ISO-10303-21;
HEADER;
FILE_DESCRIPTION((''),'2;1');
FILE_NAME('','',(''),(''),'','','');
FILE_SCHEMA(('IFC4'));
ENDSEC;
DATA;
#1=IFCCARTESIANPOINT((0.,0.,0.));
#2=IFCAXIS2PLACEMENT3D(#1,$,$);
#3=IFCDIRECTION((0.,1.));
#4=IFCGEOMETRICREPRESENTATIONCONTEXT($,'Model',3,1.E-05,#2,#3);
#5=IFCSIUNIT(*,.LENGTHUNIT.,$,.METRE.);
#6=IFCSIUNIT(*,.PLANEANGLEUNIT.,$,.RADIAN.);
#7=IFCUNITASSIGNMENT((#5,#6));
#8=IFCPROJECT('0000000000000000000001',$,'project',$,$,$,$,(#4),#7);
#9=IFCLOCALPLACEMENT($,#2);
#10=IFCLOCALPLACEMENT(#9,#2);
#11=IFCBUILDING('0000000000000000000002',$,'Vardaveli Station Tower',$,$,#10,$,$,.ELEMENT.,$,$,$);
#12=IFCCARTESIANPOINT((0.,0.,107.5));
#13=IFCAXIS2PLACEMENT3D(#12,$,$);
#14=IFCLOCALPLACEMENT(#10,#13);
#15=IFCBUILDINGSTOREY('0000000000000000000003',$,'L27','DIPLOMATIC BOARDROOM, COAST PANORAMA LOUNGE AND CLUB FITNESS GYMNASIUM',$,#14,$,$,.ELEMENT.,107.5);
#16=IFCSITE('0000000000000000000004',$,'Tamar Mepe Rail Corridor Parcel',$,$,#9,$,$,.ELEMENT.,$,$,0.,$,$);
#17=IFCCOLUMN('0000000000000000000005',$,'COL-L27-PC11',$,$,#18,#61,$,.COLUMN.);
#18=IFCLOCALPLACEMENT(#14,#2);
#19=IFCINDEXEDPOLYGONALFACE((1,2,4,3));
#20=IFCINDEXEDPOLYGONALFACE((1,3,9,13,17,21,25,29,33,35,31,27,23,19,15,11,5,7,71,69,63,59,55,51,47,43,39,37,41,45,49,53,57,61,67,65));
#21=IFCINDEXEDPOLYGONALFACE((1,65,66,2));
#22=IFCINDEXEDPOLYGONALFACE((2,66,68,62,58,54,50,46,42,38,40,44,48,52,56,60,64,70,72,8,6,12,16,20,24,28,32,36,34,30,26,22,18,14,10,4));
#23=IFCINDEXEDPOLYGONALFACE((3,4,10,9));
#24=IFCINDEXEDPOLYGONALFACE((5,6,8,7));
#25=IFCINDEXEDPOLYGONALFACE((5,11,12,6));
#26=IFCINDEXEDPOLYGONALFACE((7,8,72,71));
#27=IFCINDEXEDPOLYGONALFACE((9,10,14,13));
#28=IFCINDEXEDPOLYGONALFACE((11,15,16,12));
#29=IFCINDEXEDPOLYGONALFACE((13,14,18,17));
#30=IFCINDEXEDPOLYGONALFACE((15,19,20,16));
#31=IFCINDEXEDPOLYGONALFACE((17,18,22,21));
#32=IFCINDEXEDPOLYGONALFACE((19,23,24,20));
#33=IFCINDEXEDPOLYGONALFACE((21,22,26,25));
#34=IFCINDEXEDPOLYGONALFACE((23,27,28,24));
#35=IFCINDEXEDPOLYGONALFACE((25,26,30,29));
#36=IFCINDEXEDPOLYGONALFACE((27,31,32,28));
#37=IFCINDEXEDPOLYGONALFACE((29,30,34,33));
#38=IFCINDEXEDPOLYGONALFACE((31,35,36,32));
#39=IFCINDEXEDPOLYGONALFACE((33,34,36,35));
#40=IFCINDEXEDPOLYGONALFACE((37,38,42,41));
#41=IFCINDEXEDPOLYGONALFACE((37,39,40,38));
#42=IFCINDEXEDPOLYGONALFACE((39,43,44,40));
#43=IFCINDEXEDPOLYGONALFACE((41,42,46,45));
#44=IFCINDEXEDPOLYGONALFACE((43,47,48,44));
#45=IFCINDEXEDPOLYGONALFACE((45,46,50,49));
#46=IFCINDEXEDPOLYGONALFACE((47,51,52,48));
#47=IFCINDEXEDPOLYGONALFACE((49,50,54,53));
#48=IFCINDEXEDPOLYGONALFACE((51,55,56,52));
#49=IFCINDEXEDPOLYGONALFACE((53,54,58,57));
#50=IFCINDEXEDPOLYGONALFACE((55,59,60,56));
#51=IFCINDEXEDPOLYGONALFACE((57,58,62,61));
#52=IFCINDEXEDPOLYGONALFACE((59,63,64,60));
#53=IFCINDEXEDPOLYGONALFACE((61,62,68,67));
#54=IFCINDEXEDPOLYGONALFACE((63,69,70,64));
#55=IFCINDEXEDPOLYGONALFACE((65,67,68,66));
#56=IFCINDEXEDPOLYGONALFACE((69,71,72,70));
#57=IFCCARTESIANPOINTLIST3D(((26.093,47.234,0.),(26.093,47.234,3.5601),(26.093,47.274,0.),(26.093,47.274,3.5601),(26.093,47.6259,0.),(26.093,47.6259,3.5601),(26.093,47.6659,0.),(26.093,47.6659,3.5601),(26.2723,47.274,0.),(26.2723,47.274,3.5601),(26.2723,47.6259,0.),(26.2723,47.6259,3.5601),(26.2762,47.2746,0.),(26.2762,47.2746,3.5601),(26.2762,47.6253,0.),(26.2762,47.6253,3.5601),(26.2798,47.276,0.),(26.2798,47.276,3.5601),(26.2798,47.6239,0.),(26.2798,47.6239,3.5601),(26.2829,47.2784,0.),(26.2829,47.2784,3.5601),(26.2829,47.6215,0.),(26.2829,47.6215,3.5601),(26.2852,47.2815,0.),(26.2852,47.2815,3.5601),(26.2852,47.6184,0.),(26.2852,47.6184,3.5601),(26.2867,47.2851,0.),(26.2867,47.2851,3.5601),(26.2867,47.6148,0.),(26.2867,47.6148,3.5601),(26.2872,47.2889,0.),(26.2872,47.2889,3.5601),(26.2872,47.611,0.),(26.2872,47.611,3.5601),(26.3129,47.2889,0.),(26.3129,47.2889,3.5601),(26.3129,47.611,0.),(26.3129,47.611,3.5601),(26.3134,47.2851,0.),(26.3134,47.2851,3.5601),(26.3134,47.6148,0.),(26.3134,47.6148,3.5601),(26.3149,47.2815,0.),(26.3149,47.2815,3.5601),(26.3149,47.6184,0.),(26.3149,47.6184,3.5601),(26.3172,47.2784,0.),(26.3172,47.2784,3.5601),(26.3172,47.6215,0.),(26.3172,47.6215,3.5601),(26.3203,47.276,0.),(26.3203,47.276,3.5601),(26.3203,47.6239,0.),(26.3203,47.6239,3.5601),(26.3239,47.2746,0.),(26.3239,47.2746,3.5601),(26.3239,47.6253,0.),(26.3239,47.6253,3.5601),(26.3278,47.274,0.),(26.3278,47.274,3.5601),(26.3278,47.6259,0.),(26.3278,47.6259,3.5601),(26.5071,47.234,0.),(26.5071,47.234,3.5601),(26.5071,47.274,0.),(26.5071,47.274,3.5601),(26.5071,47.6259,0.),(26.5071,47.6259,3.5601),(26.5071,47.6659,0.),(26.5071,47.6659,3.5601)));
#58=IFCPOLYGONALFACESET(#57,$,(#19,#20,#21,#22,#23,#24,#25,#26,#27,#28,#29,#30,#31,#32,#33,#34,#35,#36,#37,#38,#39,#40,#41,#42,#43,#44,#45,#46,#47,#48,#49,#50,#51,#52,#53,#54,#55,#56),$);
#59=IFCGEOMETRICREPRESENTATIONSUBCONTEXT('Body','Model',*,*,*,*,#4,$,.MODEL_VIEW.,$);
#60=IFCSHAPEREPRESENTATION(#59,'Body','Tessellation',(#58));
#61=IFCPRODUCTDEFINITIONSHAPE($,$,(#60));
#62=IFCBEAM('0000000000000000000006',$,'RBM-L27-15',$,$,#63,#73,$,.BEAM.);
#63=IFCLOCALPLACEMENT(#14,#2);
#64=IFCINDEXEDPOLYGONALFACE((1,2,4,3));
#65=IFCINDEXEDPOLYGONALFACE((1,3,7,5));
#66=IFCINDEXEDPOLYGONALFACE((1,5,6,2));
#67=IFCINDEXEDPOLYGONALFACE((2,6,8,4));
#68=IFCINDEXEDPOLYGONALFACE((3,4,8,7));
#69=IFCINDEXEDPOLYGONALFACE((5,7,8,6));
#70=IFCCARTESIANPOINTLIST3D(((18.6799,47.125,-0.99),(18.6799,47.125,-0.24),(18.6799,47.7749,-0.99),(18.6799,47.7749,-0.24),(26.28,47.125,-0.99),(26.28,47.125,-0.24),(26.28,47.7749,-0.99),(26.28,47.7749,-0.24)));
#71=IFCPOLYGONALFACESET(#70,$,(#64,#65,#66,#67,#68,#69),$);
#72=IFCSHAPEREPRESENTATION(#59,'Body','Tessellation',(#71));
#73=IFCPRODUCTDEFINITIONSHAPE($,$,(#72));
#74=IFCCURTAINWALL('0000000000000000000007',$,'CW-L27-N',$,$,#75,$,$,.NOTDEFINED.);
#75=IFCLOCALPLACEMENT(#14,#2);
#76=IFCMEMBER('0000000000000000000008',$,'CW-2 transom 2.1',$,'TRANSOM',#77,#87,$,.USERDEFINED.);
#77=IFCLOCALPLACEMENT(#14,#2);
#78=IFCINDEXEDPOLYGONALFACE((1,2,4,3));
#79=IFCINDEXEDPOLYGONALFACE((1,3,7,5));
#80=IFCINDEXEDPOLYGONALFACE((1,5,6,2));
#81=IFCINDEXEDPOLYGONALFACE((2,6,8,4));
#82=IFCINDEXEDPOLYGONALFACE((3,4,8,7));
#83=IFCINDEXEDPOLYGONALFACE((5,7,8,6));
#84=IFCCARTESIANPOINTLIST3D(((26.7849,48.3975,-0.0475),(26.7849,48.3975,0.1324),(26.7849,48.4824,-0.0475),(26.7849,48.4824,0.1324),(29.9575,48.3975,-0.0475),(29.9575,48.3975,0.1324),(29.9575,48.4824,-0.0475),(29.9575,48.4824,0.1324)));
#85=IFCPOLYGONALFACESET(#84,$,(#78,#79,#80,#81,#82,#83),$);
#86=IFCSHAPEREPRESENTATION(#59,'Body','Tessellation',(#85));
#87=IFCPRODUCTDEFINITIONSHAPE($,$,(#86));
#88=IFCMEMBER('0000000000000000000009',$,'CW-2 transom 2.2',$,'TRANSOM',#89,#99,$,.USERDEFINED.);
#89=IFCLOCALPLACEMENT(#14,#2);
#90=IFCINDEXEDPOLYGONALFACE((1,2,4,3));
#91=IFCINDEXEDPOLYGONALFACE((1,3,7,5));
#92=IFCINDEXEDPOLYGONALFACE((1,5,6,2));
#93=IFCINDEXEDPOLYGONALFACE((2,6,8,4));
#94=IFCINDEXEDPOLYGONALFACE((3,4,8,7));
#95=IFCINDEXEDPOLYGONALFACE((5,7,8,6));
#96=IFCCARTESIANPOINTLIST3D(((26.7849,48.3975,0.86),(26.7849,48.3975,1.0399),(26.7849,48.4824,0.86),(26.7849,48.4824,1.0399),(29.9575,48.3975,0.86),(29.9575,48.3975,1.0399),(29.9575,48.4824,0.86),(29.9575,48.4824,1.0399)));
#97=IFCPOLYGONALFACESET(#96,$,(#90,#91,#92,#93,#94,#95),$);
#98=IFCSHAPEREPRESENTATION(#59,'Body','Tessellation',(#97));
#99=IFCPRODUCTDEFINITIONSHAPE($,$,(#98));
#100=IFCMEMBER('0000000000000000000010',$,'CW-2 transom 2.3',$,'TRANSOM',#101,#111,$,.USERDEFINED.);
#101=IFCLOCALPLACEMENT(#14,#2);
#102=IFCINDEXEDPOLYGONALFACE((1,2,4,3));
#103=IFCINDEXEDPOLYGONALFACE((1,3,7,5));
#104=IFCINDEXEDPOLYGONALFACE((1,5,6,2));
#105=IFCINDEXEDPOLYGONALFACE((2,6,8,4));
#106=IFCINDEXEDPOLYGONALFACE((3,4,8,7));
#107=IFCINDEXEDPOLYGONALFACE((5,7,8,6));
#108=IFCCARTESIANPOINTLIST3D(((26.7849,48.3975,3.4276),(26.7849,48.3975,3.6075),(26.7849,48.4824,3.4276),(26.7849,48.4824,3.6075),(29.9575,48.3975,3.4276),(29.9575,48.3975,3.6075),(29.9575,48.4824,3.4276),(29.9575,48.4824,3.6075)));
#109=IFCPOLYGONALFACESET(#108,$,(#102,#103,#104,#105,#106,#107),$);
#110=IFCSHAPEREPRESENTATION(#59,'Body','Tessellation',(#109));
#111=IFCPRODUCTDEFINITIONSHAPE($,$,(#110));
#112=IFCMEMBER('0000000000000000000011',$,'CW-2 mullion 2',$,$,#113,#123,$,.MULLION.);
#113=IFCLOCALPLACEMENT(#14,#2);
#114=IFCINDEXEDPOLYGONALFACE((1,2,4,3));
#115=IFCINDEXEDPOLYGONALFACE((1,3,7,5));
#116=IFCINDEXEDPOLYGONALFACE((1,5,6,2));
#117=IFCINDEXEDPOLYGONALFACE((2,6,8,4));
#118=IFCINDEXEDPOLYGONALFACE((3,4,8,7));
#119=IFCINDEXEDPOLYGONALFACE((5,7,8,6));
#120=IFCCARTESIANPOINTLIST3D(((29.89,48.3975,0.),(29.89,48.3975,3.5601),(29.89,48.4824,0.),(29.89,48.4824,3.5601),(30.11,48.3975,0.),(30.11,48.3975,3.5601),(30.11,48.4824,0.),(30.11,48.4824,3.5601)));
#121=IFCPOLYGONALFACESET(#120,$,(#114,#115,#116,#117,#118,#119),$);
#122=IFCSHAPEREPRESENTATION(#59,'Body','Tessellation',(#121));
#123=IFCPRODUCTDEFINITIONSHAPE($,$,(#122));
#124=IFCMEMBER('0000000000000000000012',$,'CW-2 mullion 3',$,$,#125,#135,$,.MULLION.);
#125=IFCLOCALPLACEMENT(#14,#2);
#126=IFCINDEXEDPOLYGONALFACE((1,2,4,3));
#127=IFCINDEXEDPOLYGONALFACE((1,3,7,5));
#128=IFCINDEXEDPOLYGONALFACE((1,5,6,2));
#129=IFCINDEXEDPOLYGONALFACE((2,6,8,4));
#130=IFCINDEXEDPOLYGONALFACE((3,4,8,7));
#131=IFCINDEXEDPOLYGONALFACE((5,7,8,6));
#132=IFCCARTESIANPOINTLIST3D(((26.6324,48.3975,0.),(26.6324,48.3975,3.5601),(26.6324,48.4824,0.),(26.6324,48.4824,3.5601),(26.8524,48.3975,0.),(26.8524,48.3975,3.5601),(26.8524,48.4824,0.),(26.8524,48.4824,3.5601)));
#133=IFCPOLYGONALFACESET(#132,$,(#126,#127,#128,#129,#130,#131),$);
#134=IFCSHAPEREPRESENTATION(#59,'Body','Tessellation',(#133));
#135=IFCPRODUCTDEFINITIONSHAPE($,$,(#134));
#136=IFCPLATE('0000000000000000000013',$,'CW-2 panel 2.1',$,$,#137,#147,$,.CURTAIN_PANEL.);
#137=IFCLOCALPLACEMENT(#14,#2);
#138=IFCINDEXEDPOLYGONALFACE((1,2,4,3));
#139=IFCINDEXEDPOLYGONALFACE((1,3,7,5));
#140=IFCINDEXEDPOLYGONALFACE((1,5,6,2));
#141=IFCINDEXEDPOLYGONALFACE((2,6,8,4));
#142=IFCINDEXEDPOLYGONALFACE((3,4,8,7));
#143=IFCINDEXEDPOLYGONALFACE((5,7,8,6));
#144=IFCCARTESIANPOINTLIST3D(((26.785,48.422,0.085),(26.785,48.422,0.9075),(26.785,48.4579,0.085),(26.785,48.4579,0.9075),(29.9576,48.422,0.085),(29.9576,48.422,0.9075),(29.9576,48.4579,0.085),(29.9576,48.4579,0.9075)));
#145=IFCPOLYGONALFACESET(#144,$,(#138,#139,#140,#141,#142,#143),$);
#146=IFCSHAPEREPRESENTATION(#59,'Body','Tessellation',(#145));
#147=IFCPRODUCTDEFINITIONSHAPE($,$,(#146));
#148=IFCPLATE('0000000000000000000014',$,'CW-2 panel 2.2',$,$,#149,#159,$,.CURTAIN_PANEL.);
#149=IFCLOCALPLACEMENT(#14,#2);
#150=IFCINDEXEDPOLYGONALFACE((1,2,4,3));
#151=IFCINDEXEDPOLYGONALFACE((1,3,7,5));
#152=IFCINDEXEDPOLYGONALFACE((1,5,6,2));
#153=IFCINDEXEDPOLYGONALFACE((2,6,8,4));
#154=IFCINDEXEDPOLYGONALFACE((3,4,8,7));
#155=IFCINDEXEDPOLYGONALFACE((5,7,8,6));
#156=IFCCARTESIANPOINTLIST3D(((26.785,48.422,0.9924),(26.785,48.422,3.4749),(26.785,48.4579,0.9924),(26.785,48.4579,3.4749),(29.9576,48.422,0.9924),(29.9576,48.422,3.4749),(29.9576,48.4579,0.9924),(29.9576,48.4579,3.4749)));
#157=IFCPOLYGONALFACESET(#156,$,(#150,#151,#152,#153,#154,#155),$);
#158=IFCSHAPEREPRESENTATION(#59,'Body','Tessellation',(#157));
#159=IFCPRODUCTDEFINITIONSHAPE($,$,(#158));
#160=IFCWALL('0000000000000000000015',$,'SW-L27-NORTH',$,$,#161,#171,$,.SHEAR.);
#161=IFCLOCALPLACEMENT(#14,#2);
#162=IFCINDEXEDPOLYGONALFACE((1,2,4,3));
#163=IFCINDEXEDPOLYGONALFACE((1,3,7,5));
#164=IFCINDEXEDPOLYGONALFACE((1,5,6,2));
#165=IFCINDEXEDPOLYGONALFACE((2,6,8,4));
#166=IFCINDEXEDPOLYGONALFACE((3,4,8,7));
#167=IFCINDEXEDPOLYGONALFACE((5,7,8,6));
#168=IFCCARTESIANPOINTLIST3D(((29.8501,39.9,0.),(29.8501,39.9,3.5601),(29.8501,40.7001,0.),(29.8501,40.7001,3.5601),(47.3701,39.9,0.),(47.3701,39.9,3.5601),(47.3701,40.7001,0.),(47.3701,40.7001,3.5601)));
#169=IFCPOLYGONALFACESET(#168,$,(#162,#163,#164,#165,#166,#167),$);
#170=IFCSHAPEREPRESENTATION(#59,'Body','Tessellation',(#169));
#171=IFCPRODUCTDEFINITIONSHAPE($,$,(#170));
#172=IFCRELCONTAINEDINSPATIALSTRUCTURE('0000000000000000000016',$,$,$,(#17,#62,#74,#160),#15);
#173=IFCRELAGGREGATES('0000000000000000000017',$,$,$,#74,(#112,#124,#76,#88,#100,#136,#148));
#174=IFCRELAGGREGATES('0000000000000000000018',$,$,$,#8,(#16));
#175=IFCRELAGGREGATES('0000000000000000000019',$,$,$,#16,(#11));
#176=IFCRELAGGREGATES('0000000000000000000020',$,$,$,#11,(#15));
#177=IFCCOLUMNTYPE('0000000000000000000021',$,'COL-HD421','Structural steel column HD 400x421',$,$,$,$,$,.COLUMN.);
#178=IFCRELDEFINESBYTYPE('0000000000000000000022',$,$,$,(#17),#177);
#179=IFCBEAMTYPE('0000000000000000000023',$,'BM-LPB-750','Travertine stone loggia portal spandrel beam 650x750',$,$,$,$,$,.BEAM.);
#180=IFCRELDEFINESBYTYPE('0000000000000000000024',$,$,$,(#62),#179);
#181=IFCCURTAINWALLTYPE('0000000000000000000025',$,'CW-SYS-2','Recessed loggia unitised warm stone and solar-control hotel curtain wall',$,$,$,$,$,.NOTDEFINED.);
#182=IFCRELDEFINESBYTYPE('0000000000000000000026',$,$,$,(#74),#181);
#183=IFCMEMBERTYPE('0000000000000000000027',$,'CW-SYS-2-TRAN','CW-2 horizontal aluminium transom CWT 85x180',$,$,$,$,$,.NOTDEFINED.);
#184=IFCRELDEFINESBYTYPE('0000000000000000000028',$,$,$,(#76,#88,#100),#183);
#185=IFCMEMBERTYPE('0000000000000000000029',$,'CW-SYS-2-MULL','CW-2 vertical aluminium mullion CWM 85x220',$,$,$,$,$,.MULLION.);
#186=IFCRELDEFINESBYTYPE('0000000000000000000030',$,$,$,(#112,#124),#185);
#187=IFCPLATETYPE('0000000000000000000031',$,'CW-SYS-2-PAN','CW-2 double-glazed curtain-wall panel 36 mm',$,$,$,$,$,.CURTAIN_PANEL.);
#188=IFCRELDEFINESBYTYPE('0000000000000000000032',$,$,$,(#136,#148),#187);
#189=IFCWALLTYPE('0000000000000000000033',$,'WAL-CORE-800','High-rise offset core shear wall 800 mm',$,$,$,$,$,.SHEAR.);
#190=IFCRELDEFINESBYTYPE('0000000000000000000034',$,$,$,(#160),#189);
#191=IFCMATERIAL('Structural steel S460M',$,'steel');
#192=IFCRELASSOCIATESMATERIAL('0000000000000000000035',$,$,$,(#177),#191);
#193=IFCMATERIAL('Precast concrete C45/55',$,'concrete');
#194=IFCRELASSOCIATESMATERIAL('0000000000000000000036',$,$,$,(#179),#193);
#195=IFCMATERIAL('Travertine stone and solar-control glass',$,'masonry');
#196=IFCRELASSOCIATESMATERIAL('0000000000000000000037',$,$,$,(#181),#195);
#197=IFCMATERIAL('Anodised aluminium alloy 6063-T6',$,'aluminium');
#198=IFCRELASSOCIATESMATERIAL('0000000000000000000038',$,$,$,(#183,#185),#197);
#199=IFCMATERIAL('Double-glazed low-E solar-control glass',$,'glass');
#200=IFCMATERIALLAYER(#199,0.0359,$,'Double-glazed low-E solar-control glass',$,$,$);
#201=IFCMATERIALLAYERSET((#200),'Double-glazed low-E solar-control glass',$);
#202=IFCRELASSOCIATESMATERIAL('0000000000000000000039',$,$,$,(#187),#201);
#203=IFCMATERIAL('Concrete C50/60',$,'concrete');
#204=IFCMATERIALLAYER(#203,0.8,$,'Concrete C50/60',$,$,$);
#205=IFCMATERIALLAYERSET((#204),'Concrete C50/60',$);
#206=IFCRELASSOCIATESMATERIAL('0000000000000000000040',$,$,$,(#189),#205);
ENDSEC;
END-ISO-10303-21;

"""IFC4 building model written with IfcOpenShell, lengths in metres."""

from ifc_helpers import new_model, si_unit, direction, frame, frame_2d, origin, origin_2d, place, context, subcontext, project, spatial, rectangle, i_section, extrude, source, transform, mapped, material, layer, layer_set, material_profile, profile_set, type_object, element, aggregate, save


model = new_model("IFC4")

# Units and contexts
model_context = context("Model", 3, precision=1e-05, world=origin(), true_north=direction((0.0, 1.0)))
body_context = subcontext(model_context, "Body", "Model", "MODEL_VIEW")
ifc_project = project(units=[si_unit("LENGTHUNIT", "METRE"), si_unit("PLANEANGLEUNIT", "RADIAN")], contexts=[model_context])

# Site, building, storey
site_placement = place(None, origin())
site = spatial("IfcSite", under=ifc_project, at=site_placement, Name="Tamar Mepe Rail Corridor Parcel", CompositionType="ELEMENT", RefElevation=0.0)
building_placement = place(site_placement, origin())
building = spatial("IfcBuilding", under=site, at=building_placement, Name="Vardaveli Station Tower", CompositionType="ELEMENT")
storey_placement = place(building_placement, frame((0.0, 0.0, 107.5)))
storey = spatial("IfcBuildingStorey", under=building, at=storey_placement, Name="L27", Description="DIPLOMATIC BOARDROOM, COAST PANORAMA LOUNGE AND CLUB FITNESS GYMNASIUM", CompositionType="ELEMENT", Elevation=107.5)

# Column
ifc_material_1 = material(Name="Structural steel S460M", Category="steel")
ifc_material_profile_1 = material_profile(ifc_material_1, i_section(OverallWidth=0.4141, OverallDepth=0.4319, WebThickness=0.0256, FlangeThickness=0.04, FilletRadius=0.0149, at=origin_2d()), Name="HD 400x421")
ifc_profile_set_1 = profile_set([ifc_material_profile_1], Name="Structural steel S460M")
column_type = type_object("IfcColumnType", Name="COL-HD421", Description="Structural steel column HD 400x421", PredefinedType="COLUMN", material=ifc_profile_set_1)
shared_shape_1 = source(origin(), body_context, "Body", "SweptSolid", [
    extrude(i_section(OverallWidth=0.4141, OverallDepth=0.4319, WebThickness=0.0256, FlangeThickness=0.04, FilletRadius=0.0149, at=origin_2d()), origin(), (0.0, 0.0, 1.0), 3.5601),
])
column_placement = place(storey_placement, frame((26.3, 47.45, 0.0), z_axis=(0.0, 0.0, 1.0), x_axis=(1.0, 0.0, 0.0)))
element("IfcColumn", 1, at=column_placement, inside=storey, type_object=column_type, Name="COL-L27-PC11", PredefinedType="COLUMN", context=body_context, shape_type="MappedRepresentation", body=[
    mapped(shared_shape_1, transform((0.0, 0.0, 0.0), scale=1.0)),
])

# Beam
ifc_material_2 = material(Name="Precast concrete C45/55", Category="concrete")
ifc_material_profile_2 = material_profile(ifc_material_2, rectangle(XDim=0.6499, YDim=0.75, at=origin_2d()), Name="LPB 650x750")
ifc_profile_set_2 = profile_set([ifc_material_profile_2], Name="Precast concrete C45/55")
beam_type = type_object("IfcBeamType", Name="BM-LPB-750", Description="Travertine stone loggia portal spandrel beam 650x750", PredefinedType="BEAM", material=ifc_profile_set_2)
shared_shape_2 = source(origin(), body_context, "Body", "SweptSolid", [
    extrude(rectangle(XDim=0.6499, YDim=0.75, at=origin_2d()), origin(), (0.0, 0.0, 1.0), 7.6001),
])
beam_placement = place(storey_placement, frame((26.28, 47.45, -0.615), z_axis=(-1.0, 0.0, 0.0), x_axis=(0.0, -1.0, 0.0)))
element("IfcBeam", 2, at=beam_placement, inside=storey, type_object=beam_type, Name="RBM-L27-15", PredefinedType="BEAM", context=body_context, shape_type="MappedRepresentation", body=[
    mapped(shared_shape_2, transform((0.0, 0.0, 0.0), scale=1.0)),
])

# Curtain wall, members, plates
ifc_material_3 = material(Name="Travertine stone and solar-control glass", Category="masonry")
curtain_wall_type = type_object("IfcCurtainWallType", Name="CW-SYS-2", Description="Recessed loggia unitised warm stone and solar-control hotel curtain wall", PredefinedType="NOTDEFINED", material=ifc_material_3)
curtain_wall_placement = place(storey_placement, origin())
curtain_wall = element("IfcCurtainWall", 3, at=curtain_wall_placement, inside=storey, type_object=curtain_wall_type, Name="CW-L27-N", PredefinedType="NOTDEFINED")
ifc_material_4 = material(Name="Anodised aluminium alloy 6063-T6", Category="aluminium")
ifc_material_profile_3 = material_profile(ifc_material_4, rectangle(XDim=0.085, YDim=0.1799, at=origin_2d()), Name="CWT 85x180")
ifc_profile_set_3 = profile_set([ifc_material_profile_3], Name="Anodised aluminium alloy 6063-T6")
member_type_1 = type_object("IfcMemberType", Name="CW-SYS-2-TRAN", Description="CW-2 horizontal aluminium transom CWT 85x180", PredefinedType="NOTDEFINED", material=ifc_profile_set_3)
shared_shape_3 = source(origin(), body_context, "Body", "SweptSolid", [
    extrude(rectangle(XDim=0.085, YDim=0.1799, at=origin_2d()), origin(), (0.0, 0.0, 1.0), 3.1726),
])
member_1_placement = place(storey_placement, frame((29.9575, 48.4399, 0.0425), z_axis=(-1.0, 0.0, 0.0), x_axis=(0.0, -1.0, 0.0)))
member_1 = element("IfcMember", 4, at=member_1_placement, type_object=member_type_1, Name="CW-2 transom 2.1", ObjectType="TRANSOM", PredefinedType="USERDEFINED", context=body_context, shape_type="MappedRepresentation", body=[
    mapped(shared_shape_3, transform((0.0, 0.0, 0.0), scale=1.0)),
])
member_2_placement = place(storey_placement, frame((29.9575, 48.4399, 0.95), z_axis=(-1.0, 0.0, 0.0), x_axis=(0.0, -1.0, 0.0)))
member_2 = element("IfcMember", 5, at=member_2_placement, type_object=member_type_1, Name="CW-2 transom 2.2", ObjectType="TRANSOM", PredefinedType="USERDEFINED", context=body_context, shape_type="MappedRepresentation", body=[
    mapped(shared_shape_3, transform((0.0, 0.0, 0.0), scale=1.0)),
])
member_3_placement = place(storey_placement, frame((29.9575, 48.4399, 3.5176), z_axis=(-1.0, 0.0, 0.0), x_axis=(0.0, -1.0, 0.0)))
member_3 = element("IfcMember", 6, at=member_3_placement, type_object=member_type_1, Name="CW-2 transom 2.3", ObjectType="TRANSOM", PredefinedType="USERDEFINED", context=body_context, shape_type="MappedRepresentation", body=[
    mapped(shared_shape_3, transform((0.0, 0.0, 0.0), scale=1.0)),
])
ifc_material_profile_4 = material_profile(ifc_material_4, rectangle(XDim=0.085, YDim=0.22, at=origin_2d()), Name="CWM 85x220")
ifc_profile_set_4 = profile_set([ifc_material_profile_4], Name="Anodised aluminium alloy 6063-T6")
member_type_2 = type_object("IfcMemberType", Name="CW-SYS-2-MULL", Description="CW-2 vertical aluminium mullion CWM 85x220", PredefinedType="MULLION", material=ifc_profile_set_4)
shared_shape_4 = source(origin(), body_context, "Body", "SweptSolid", [
    extrude(rectangle(XDim=0.085, YDim=0.22, at=origin_2d()), origin(), (0.0, 0.0, 1.0), 3.5601),
])
member_4_placement = place(storey_placement, frame((30.0, 48.4399, 0.0), z_axis=(0.0, 0.0, 1.0), x_axis=(0.0, -1.0, 0.0)))
member_4 = element("IfcMember", 7, at=member_4_placement, type_object=member_type_2, Name="CW-2 mullion 2", PredefinedType="MULLION", context=body_context, shape_type="MappedRepresentation", body=[
    mapped(shared_shape_4, transform((0.0, 0.0, 0.0), scale=1.0)),
])
member_5_placement = place(storey_placement, frame((26.7424, 48.4399, 0.0), z_axis=(0.0, 0.0, 1.0), x_axis=(0.0, -1.0, 0.0)))
member_5 = element("IfcMember", 8, at=member_5_placement, type_object=member_type_2, Name="CW-2 mullion 3", PredefinedType="MULLION", context=body_context, shape_type="MappedRepresentation", body=[
    mapped(shared_shape_4, transform((0.0, 0.0, 0.0), scale=1.0)),
])
ifc_material_5 = material(Name="Double-glazed low-E solar-control glass", Category="glass")
ifc_layer_1 = layer(ifc_material_5, 0.0359, Name="Double-glazed low-E solar-control glass")
ifc_layer_set_1 = layer_set([ifc_layer_1], Name="Double-glazed low-E solar-control glass")
plate_type = type_object("IfcPlateType", Name="CW-SYS-2-PAN", Description="CW-2 double-glazed curtain-wall panel 36 mm", PredefinedType="CURTAIN_PANEL", material=ifc_layer_set_1)
shared_shape_5 = source(origin(), body_context, "Body", "SweptSolid", [
    extrude(rectangle(XDim=3.1726, YDim=0.0359, at=origin_2d()), origin(), (0.0, 0.0, 1.0), 0.8225),
])
plate_1_placement = place(storey_placement, frame((28.3713, 48.4399, 0.085), z_axis=(0.0, 0.0, 1.0), x_axis=(-1.0, 0.0, 0.0)))
plate_1 = element("IfcPlate", 9, at=plate_1_placement, type_object=plate_type, Name="CW-2 panel 2.1", PredefinedType="CURTAIN_PANEL", context=body_context, shape_type="MappedRepresentation", body=[
    mapped(shared_shape_5, transform((0.0, 0.0, 0.0), scale=1.0)),
])
shared_shape_6 = source(origin(), body_context, "Body", "SweptSolid", [
    extrude(rectangle(XDim=3.1726, YDim=0.0359, at=origin_2d()), origin(), (0.0, 0.0, 1.0), 2.4824),
])
plate_2_placement = place(storey_placement, frame((28.3713, 48.4399, 0.9924), z_axis=(0.0, 0.0, 1.0), x_axis=(-1.0, 0.0, 0.0)))
plate_2 = element("IfcPlate", 10, at=plate_2_placement, type_object=plate_type, Name="CW-2 panel 2.2", PredefinedType="CURTAIN_PANEL", context=body_context, shape_type="MappedRepresentation", body=[
    mapped(shared_shape_6, transform((0.0, 0.0, 0.0), scale=1.0)),
])
aggregate(curtain_wall, [member_4, member_5, member_1, member_2, member_3, plate_1, plate_2])

# Wall
ifc_material_6 = material(Name="Concrete C50/60", Category="concrete")
ifc_layer_2 = layer(ifc_material_6, 0.8, Name="Concrete C50/60")
ifc_layer_set_2 = layer_set([ifc_layer_2], Name="Concrete C50/60")
wall_type_1 = type_object("IfcWallType", Name="WAL-CORE-800", Description="High-rise offset core shear wall 800 mm", PredefinedType="SHEAR", material=ifc_layer_set_2)
shared_shape_7 = source(origin(), body_context, "Body", "SweptSolid", [
    extrude(rectangle(XDim=17.52, YDim=0.8, at=frame_2d((8.76, 0.0))), origin(), (0.0, 0.0, 1.0), 3.5601),
])
wall_1_placement = place(storey_placement, frame((29.8501, 40.3, 0.0), z_axis=(0.0, 0.0, 1.0), x_axis=(1.0, 0.0, 0.0)))
element("IfcWall", 11, at=wall_1_placement, inside=storey, type_object=wall_type_1, Name="SW-L27-NORTH", PredefinedType="SHEAR", context=body_context, shape_type="MappedRepresentation", body=[
    mapped(shared_shape_7, transform((0.0, 0.0, 0.0), scale=1.0)),
])

save(model, "model.ifc")
